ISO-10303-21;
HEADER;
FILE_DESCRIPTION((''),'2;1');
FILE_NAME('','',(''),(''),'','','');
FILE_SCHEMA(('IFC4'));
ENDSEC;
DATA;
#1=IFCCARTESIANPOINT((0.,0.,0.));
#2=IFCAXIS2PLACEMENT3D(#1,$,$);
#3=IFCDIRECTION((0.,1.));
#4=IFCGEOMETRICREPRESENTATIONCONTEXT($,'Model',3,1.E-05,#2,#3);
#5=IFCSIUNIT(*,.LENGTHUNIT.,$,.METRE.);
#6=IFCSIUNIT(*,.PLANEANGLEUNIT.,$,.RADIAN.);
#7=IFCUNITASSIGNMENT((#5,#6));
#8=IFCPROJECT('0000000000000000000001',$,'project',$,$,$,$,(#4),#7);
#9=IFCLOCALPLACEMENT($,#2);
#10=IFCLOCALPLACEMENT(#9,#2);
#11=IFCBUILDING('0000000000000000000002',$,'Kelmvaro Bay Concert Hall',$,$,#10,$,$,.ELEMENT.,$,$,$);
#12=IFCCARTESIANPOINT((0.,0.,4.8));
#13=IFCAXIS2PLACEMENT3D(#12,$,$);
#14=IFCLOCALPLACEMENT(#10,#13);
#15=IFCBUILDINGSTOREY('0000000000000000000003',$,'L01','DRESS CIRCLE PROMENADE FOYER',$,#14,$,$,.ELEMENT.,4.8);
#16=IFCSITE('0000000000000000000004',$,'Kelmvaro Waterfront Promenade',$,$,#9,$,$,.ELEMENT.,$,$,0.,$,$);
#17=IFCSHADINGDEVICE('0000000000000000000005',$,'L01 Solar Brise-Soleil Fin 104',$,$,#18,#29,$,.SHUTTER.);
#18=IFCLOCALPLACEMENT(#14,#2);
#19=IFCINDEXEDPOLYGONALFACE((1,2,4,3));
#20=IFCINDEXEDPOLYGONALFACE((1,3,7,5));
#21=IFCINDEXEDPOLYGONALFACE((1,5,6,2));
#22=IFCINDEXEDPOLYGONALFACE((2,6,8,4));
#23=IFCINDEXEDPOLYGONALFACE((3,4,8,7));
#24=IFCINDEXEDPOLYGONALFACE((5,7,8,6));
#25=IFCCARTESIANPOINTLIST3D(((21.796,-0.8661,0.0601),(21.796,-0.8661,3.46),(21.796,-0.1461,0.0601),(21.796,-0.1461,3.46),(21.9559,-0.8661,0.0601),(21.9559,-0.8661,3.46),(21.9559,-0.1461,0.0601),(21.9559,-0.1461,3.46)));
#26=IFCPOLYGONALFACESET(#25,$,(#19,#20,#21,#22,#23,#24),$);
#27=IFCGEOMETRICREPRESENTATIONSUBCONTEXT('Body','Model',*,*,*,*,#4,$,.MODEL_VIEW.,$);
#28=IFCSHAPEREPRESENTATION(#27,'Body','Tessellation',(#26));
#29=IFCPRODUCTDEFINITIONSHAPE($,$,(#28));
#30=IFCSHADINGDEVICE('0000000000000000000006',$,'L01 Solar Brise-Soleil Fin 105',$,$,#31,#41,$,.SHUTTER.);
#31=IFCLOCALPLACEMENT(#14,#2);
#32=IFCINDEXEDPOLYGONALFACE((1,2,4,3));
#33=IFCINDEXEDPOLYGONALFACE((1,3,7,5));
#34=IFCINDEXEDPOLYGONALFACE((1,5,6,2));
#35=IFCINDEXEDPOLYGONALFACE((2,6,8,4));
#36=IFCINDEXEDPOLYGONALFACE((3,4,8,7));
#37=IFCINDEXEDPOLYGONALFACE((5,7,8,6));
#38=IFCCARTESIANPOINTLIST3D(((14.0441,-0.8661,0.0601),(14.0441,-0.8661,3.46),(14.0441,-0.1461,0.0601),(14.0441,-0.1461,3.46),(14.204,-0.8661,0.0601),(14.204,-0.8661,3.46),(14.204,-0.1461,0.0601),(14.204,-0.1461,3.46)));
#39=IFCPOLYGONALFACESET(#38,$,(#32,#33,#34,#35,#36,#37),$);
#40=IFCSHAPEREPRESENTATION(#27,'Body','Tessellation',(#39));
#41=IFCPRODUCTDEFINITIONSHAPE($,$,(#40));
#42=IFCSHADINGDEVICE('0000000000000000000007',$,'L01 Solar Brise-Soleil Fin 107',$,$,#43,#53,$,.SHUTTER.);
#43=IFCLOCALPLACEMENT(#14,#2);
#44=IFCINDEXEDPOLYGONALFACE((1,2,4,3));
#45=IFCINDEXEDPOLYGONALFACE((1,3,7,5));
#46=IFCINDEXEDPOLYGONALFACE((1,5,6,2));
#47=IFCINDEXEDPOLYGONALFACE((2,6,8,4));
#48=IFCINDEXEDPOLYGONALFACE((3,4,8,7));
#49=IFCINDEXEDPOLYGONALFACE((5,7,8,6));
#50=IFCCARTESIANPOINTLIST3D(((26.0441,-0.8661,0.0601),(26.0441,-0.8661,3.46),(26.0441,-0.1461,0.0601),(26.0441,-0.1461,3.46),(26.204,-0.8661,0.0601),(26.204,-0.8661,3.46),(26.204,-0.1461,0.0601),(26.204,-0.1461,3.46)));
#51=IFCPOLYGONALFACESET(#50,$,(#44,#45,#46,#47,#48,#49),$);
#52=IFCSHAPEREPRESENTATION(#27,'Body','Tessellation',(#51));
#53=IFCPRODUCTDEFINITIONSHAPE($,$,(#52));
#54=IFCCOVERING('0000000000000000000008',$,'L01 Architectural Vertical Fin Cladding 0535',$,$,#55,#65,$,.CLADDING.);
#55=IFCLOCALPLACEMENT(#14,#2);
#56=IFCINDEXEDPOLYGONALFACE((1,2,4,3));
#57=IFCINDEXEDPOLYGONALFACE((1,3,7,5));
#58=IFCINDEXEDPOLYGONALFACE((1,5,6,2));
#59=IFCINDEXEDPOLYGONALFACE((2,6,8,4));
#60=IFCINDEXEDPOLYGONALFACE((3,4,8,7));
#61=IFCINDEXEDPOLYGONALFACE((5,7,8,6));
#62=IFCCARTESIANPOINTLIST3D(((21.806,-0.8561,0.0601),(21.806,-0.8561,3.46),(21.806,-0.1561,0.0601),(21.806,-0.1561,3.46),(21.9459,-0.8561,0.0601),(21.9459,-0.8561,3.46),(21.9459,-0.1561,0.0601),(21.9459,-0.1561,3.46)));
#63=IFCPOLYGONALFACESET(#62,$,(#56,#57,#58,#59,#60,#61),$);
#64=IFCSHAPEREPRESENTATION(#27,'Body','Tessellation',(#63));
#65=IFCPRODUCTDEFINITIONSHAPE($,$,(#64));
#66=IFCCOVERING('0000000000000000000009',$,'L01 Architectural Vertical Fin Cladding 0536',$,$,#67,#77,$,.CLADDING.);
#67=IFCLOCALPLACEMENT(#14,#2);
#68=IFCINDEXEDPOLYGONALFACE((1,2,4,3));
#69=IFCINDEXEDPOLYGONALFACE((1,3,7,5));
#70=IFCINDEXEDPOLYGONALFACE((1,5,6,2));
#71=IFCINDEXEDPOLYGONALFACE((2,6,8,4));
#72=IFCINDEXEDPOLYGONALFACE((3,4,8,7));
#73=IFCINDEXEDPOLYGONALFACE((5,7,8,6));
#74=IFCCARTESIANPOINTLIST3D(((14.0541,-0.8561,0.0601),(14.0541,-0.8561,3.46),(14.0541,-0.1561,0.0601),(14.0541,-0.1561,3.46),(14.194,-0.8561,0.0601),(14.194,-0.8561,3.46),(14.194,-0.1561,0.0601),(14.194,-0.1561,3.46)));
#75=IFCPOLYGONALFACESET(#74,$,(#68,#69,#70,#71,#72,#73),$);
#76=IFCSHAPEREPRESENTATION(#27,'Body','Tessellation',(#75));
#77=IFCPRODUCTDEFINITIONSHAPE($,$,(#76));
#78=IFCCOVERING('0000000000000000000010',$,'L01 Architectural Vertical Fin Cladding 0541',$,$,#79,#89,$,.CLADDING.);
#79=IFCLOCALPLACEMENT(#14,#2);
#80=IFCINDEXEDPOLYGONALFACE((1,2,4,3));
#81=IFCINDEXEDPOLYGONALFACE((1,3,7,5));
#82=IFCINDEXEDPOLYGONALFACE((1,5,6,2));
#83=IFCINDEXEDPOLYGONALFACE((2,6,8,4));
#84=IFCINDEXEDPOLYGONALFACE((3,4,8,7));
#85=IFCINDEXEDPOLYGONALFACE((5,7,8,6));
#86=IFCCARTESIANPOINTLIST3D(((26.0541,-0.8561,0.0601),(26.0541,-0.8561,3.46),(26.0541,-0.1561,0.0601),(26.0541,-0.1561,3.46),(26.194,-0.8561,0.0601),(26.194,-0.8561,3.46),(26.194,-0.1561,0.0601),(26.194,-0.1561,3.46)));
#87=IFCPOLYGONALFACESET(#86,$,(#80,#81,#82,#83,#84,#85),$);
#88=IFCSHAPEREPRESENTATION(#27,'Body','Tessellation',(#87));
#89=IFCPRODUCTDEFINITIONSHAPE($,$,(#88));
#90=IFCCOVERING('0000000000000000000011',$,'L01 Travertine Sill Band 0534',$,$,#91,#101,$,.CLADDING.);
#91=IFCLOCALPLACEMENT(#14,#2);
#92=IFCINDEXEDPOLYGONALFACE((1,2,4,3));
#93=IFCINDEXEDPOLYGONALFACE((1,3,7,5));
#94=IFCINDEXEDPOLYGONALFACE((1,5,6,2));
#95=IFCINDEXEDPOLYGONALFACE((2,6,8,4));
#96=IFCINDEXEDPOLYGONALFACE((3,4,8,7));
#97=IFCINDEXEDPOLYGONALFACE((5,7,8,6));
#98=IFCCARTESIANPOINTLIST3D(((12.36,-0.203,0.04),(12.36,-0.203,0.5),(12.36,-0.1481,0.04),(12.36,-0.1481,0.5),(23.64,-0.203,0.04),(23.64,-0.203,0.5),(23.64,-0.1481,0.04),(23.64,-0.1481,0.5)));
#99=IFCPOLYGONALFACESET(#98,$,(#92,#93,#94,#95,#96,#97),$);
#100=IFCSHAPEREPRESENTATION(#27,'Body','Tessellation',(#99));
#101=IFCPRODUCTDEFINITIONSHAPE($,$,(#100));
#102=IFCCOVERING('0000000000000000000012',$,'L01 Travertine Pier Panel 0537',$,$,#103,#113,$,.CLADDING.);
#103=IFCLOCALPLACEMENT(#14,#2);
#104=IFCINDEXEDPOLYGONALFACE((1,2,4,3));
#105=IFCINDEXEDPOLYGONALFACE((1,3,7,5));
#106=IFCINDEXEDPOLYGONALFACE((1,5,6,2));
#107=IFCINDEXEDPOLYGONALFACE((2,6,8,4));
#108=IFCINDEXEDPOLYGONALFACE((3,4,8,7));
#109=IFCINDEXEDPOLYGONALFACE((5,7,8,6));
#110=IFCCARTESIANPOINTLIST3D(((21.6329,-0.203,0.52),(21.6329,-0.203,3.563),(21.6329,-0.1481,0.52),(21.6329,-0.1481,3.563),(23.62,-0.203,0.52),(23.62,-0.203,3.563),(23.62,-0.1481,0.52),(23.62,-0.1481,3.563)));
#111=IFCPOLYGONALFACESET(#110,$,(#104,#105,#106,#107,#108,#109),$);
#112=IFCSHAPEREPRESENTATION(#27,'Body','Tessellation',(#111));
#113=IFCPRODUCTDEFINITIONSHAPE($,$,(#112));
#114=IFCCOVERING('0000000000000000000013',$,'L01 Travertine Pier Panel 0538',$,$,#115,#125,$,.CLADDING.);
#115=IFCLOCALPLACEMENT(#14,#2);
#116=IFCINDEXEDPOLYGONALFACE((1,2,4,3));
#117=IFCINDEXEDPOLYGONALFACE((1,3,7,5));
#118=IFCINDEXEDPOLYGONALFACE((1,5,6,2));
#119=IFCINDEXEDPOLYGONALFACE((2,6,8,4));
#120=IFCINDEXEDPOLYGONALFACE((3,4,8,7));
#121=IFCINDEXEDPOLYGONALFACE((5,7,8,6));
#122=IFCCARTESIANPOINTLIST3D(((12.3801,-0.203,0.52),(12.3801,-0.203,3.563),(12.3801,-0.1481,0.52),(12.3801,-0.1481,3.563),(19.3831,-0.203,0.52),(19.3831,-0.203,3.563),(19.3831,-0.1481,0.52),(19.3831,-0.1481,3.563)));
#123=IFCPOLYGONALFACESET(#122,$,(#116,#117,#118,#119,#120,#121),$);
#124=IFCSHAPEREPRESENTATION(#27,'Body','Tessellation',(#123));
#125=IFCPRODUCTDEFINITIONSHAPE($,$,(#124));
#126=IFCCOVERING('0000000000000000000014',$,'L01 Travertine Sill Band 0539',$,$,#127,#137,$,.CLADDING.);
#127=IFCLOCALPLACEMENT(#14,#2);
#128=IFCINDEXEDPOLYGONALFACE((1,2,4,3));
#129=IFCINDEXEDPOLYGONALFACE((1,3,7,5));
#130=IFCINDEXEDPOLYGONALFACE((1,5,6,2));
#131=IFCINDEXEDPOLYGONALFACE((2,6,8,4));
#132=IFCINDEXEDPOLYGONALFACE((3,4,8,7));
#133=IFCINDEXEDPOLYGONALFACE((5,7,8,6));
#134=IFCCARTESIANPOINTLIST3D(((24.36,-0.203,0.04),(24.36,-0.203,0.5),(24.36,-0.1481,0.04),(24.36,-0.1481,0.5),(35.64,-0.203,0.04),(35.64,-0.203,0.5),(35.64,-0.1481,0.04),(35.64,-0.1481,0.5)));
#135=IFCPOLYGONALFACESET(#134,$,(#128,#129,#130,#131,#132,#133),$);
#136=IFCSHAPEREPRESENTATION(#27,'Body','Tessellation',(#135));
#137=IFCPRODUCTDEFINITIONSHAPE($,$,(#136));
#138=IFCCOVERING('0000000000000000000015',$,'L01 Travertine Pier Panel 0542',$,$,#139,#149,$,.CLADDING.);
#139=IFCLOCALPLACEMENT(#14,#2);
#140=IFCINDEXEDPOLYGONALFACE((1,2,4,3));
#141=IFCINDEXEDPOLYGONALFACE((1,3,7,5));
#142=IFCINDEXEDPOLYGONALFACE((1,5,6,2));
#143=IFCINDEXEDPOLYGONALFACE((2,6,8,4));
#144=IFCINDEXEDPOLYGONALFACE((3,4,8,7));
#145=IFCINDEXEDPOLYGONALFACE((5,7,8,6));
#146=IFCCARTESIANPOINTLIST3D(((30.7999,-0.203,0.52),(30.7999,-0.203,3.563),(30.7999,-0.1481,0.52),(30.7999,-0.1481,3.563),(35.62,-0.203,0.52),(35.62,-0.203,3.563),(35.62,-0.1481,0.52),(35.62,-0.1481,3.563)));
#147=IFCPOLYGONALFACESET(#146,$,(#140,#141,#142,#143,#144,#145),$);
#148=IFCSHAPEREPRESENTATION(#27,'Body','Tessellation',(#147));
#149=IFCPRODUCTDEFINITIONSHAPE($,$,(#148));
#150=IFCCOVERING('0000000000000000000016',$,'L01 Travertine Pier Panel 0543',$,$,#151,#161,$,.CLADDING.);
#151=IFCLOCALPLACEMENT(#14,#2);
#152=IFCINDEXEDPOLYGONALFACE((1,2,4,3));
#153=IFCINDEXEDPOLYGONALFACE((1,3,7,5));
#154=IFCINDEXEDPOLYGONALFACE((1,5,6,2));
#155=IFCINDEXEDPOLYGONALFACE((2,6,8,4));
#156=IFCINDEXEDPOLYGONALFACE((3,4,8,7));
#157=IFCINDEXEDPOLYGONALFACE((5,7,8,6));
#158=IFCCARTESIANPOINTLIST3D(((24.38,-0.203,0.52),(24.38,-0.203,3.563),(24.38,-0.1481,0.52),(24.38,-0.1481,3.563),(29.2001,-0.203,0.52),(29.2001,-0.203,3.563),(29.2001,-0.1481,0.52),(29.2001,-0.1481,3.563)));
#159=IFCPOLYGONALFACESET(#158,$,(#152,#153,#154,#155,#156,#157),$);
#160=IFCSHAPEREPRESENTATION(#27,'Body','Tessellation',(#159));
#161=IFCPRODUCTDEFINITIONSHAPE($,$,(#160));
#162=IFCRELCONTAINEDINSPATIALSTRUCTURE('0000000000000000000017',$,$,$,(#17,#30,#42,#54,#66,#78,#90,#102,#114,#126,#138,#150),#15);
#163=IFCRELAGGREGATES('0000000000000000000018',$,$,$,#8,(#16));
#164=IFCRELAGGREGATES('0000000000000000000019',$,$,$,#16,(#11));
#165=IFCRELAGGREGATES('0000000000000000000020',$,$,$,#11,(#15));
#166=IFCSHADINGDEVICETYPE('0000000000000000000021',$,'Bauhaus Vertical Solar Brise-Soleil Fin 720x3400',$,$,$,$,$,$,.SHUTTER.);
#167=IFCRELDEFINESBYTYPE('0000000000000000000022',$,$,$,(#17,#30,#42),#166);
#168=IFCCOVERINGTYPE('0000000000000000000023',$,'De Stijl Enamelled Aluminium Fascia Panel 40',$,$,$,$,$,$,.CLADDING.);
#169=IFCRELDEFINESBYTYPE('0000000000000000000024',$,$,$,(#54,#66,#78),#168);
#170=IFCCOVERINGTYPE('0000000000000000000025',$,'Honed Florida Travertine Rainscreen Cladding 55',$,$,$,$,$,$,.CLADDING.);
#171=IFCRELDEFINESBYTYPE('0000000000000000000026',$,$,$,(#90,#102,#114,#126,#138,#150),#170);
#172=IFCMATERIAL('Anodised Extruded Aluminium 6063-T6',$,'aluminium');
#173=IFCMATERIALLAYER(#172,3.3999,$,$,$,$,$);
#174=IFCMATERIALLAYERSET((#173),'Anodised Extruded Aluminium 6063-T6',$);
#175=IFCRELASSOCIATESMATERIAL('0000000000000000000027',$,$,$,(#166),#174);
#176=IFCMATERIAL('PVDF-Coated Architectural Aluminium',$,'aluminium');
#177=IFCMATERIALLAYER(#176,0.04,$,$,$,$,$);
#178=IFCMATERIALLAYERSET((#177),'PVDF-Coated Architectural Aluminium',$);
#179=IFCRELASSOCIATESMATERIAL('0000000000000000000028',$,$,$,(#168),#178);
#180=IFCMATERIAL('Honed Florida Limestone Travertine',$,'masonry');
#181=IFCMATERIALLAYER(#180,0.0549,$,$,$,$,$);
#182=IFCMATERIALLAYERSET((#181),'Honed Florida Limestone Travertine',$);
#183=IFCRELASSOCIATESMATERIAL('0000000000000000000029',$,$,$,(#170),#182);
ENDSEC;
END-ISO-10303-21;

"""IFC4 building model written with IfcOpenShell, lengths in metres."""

from ifc_helpers import new_model, si_unit, direction, frame, origin, origin_2d, place, context, subcontext, project, spatial, rectangle, extrude, material, layer, layer_set, type_object, element, save


model = new_model("IFC4")

# Units and contexts
model_context = context("Model", 3, precision=1e-05, world=origin(), true_north=direction((0.0, 1.0)))
body_context = subcontext(model_context, "Body", "Model", "MODEL_VIEW")
ifc_project = project(units=[si_unit("LENGTHUNIT", "METRE"), si_unit("PLANEANGLEUNIT", "RADIAN")], contexts=[model_context])

# Site, building, storey
site_placement = place(None, origin())
site = spatial("IfcSite", under=ifc_project, at=site_placement, Name="Kelmvaro Waterfront Promenade", CompositionType="ELEMENT", RefElevation=0.0)
building_placement = place(site_placement, origin())
building = spatial("IfcBuilding", under=site, at=building_placement, Name="Kelmvaro Bay Concert Hall", CompositionType="ELEMENT")
storey_placement = place(building_placement, frame((0.0, 0.0, 4.8)))
storey = spatial("IfcBuildingStorey", under=building, at=storey_placement, Name="L01", Description="DRESS CIRCLE PROMENADE FOYER", CompositionType="ELEMENT", Elevation=4.8)

# Shading devices
ifc_material_1 = material(Name="Anodised Extruded Aluminium 6063-T6", Category="aluminium")
ifc_layer_1 = layer(ifc_material_1, 3.3999)
ifc_layer_set_1 = layer_set([ifc_layer_1], Name="Anodised Extruded Aluminium 6063-T6")
shading_device_type = type_object("IfcShadingDeviceType", Name="Bauhaus Vertical Solar Brise-Soleil Fin 720x3400", PredefinedType="SHUTTER", material=ifc_layer_set_1)
for number, where, z_axis, x_axis, name in (
    (1, (21.876, -0.5061, 0.0601), (0.0, 0.0, 1.0), (-1.0, 0.0, 0.0), "L01 Solar Brise-Soleil Fin 104"),
    (2, (14.124, -0.5061, 0.0601), (0.0, 0.0, 1.0), (-1.0, 0.0, 0.0), "L01 Solar Brise-Soleil Fin 105"),
    (3, (26.124, -0.5061, 0.0601), (0.0, 0.0, 1.0), (-1.0, 0.0, 0.0), "L01 Solar Brise-Soleil Fin 107"),
):
    element("IfcShadingDevice", number, at=place(storey_placement, frame(where, z_axis=z_axis, x_axis=x_axis)), inside=storey, type_object=shading_device_type, Name=name, PredefinedType="SHUTTER", context=body_context, shape_type="SweptSolid", body=[
        extrude(rectangle(XDim=0.1599, YDim=0.72, at=origin_2d()), origin(), (0.0, 0.0, 1.0), 3.3999),
    ])

# Coverings
ifc_material_2 = material(Name="PVDF-Coated Architectural Aluminium", Category="aluminium")
ifc_layer_2 = layer(ifc_material_2, 0.04)
ifc_layer_set_2 = layer_set([ifc_layer_2], Name="PVDF-Coated Architectural Aluminium")
covering_type_1 = type_object("IfcCoveringType", Name="De Stijl Enamelled Aluminium Fascia Panel 40", PredefinedType="CLADDING", material=ifc_layer_set_2)
for number, where, z_axis, x_axis, name in (
    (4, (21.876, -0.5061, 0.0601), (0.0, 0.0, 1.0), (-1.0, 0.0, 0.0), "L01 Architectural Vertical Fin Cladding 0535"),
    (5, (14.124, -0.5061, 0.0601), (0.0, 0.0, 1.0), (-1.0, 0.0, 0.0), "L01 Architectural Vertical Fin Cladding 0536"),
    (6, (26.124, -0.5061, 0.0601), (0.0, 0.0, 1.0), (-1.0, 0.0, 0.0), "L01 Architectural Vertical Fin Cladding 0541"),
):
    element("IfcCovering", number, at=place(storey_placement, frame(where, z_axis=z_axis, x_axis=x_axis)), inside=storey, type_object=covering_type_1, Name=name, PredefinedType="CLADDING", context=body_context, shape_type="SweptSolid", body=[
        extrude(rectangle(XDim=0.1399, YDim=0.7, at=origin_2d()), origin(), (0.0, 0.0, 1.0), 3.3999),
    ])
ifc_material_3 = material(Name="Honed Florida Limestone Travertine", Category="masonry")
ifc_layer_3 = layer(ifc_material_3, 0.0549)
ifc_layer_set_3 = layer_set([ifc_layer_3], Name="Honed Florida Limestone Travertine")
covering_type_2 = type_object("IfcCoveringType", Name="Honed Florida Travertine Rainscreen Cladding 55", PredefinedType="CLADDING", material=ifc_layer_set_3)
covering_1_placement = place(storey_placement, frame((18.0, -0.1755, 0.04), z_axis=(0.0, 0.0, 1.0), x_axis=(-1.0, 0.0, 0.0)))
element("IfcCovering", 7, at=covering_1_placement, inside=storey, type_object=covering_type_2, Name="L01 Travertine Sill Band 0534", PredefinedType="CLADDING", context=body_context, shape_type="SweptSolid", body=[
    extrude(rectangle(XDim=11.28, YDim=0.0549, at=origin_2d()), origin(), (0.0, 0.0, 1.0), 0.46),
])
covering_2_placement = place(storey_placement, frame((22.6265, -0.1755, 0.52), z_axis=(0.0, 0.0, 1.0), x_axis=(-1.0, 0.0, 0.0)))
element("IfcCovering", 8, at=covering_2_placement, inside=storey, type_object=covering_type_2, Name="L01 Travertine Pier Panel 0537", PredefinedType="CLADDING", context=body_context, shape_type="SweptSolid", body=[
    extrude(rectangle(XDim=1.9871, YDim=0.0549, at=origin_2d()), origin(), (0.0, 0.0, 1.0), 3.043),
])
covering_3_placement = place(storey_placement, frame((15.8816, -0.1755, 0.52), z_axis=(0.0, 0.0, 1.0), x_axis=(-1.0, 0.0, 0.0)))
element("IfcCovering", 9, at=covering_3_placement, inside=storey, type_object=covering_type_2, Name="L01 Travertine Pier Panel 0538", PredefinedType="CLADDING", context=body_context, shape_type="SweptSolid", body=[
    extrude(rectangle(XDim=7.0029, YDim=0.0549, at=origin_2d()), origin(), (0.0, 0.0, 1.0), 3.043),
])
covering_4_placement = place(storey_placement, frame((30.0, -0.1755, 0.04), z_axis=(0.0, 0.0, 1.0), x_axis=(-1.0, 0.0, 0.0)))
element("IfcCovering", 10, at=covering_4_placement, inside=storey, type_object=covering_type_2, Name="L01 Travertine Sill Band 0539", PredefinedType="CLADDING", context=body_context, shape_type="SweptSolid", body=[
    extrude(rectangle(XDim=11.28, YDim=0.0549, at=origin_2d()), origin(), (0.0, 0.0, 1.0), 0.46),
])
for number, where, z_axis, x_axis, name in (
    (11, (33.21, -0.1755, 0.52), (0.0, 0.0, 1.0), (-1.0, 0.0, 0.0), "L01 Travertine Pier Panel 0542"),
    (12, (26.79, -0.1755, 0.52), (0.0, 0.0, 1.0), (-1.0, 0.0, 0.0), "L01 Travertine Pier Panel 0543"),
):
    element("IfcCovering", number, at=place(storey_placement, frame(where, z_axis=z_axis, x_axis=x_axis)), inside=storey, type_object=covering_type_2, Name=name, PredefinedType="CLADDING", context=body_context, shape_type="SweptSolid", body=[
        extrude(rectangle(XDim=4.8201, YDim=0.0549, at=origin_2d()), origin(), (0.0, 0.0, 1.0), 3.043),
    ])

save(model, "model.ifc")
